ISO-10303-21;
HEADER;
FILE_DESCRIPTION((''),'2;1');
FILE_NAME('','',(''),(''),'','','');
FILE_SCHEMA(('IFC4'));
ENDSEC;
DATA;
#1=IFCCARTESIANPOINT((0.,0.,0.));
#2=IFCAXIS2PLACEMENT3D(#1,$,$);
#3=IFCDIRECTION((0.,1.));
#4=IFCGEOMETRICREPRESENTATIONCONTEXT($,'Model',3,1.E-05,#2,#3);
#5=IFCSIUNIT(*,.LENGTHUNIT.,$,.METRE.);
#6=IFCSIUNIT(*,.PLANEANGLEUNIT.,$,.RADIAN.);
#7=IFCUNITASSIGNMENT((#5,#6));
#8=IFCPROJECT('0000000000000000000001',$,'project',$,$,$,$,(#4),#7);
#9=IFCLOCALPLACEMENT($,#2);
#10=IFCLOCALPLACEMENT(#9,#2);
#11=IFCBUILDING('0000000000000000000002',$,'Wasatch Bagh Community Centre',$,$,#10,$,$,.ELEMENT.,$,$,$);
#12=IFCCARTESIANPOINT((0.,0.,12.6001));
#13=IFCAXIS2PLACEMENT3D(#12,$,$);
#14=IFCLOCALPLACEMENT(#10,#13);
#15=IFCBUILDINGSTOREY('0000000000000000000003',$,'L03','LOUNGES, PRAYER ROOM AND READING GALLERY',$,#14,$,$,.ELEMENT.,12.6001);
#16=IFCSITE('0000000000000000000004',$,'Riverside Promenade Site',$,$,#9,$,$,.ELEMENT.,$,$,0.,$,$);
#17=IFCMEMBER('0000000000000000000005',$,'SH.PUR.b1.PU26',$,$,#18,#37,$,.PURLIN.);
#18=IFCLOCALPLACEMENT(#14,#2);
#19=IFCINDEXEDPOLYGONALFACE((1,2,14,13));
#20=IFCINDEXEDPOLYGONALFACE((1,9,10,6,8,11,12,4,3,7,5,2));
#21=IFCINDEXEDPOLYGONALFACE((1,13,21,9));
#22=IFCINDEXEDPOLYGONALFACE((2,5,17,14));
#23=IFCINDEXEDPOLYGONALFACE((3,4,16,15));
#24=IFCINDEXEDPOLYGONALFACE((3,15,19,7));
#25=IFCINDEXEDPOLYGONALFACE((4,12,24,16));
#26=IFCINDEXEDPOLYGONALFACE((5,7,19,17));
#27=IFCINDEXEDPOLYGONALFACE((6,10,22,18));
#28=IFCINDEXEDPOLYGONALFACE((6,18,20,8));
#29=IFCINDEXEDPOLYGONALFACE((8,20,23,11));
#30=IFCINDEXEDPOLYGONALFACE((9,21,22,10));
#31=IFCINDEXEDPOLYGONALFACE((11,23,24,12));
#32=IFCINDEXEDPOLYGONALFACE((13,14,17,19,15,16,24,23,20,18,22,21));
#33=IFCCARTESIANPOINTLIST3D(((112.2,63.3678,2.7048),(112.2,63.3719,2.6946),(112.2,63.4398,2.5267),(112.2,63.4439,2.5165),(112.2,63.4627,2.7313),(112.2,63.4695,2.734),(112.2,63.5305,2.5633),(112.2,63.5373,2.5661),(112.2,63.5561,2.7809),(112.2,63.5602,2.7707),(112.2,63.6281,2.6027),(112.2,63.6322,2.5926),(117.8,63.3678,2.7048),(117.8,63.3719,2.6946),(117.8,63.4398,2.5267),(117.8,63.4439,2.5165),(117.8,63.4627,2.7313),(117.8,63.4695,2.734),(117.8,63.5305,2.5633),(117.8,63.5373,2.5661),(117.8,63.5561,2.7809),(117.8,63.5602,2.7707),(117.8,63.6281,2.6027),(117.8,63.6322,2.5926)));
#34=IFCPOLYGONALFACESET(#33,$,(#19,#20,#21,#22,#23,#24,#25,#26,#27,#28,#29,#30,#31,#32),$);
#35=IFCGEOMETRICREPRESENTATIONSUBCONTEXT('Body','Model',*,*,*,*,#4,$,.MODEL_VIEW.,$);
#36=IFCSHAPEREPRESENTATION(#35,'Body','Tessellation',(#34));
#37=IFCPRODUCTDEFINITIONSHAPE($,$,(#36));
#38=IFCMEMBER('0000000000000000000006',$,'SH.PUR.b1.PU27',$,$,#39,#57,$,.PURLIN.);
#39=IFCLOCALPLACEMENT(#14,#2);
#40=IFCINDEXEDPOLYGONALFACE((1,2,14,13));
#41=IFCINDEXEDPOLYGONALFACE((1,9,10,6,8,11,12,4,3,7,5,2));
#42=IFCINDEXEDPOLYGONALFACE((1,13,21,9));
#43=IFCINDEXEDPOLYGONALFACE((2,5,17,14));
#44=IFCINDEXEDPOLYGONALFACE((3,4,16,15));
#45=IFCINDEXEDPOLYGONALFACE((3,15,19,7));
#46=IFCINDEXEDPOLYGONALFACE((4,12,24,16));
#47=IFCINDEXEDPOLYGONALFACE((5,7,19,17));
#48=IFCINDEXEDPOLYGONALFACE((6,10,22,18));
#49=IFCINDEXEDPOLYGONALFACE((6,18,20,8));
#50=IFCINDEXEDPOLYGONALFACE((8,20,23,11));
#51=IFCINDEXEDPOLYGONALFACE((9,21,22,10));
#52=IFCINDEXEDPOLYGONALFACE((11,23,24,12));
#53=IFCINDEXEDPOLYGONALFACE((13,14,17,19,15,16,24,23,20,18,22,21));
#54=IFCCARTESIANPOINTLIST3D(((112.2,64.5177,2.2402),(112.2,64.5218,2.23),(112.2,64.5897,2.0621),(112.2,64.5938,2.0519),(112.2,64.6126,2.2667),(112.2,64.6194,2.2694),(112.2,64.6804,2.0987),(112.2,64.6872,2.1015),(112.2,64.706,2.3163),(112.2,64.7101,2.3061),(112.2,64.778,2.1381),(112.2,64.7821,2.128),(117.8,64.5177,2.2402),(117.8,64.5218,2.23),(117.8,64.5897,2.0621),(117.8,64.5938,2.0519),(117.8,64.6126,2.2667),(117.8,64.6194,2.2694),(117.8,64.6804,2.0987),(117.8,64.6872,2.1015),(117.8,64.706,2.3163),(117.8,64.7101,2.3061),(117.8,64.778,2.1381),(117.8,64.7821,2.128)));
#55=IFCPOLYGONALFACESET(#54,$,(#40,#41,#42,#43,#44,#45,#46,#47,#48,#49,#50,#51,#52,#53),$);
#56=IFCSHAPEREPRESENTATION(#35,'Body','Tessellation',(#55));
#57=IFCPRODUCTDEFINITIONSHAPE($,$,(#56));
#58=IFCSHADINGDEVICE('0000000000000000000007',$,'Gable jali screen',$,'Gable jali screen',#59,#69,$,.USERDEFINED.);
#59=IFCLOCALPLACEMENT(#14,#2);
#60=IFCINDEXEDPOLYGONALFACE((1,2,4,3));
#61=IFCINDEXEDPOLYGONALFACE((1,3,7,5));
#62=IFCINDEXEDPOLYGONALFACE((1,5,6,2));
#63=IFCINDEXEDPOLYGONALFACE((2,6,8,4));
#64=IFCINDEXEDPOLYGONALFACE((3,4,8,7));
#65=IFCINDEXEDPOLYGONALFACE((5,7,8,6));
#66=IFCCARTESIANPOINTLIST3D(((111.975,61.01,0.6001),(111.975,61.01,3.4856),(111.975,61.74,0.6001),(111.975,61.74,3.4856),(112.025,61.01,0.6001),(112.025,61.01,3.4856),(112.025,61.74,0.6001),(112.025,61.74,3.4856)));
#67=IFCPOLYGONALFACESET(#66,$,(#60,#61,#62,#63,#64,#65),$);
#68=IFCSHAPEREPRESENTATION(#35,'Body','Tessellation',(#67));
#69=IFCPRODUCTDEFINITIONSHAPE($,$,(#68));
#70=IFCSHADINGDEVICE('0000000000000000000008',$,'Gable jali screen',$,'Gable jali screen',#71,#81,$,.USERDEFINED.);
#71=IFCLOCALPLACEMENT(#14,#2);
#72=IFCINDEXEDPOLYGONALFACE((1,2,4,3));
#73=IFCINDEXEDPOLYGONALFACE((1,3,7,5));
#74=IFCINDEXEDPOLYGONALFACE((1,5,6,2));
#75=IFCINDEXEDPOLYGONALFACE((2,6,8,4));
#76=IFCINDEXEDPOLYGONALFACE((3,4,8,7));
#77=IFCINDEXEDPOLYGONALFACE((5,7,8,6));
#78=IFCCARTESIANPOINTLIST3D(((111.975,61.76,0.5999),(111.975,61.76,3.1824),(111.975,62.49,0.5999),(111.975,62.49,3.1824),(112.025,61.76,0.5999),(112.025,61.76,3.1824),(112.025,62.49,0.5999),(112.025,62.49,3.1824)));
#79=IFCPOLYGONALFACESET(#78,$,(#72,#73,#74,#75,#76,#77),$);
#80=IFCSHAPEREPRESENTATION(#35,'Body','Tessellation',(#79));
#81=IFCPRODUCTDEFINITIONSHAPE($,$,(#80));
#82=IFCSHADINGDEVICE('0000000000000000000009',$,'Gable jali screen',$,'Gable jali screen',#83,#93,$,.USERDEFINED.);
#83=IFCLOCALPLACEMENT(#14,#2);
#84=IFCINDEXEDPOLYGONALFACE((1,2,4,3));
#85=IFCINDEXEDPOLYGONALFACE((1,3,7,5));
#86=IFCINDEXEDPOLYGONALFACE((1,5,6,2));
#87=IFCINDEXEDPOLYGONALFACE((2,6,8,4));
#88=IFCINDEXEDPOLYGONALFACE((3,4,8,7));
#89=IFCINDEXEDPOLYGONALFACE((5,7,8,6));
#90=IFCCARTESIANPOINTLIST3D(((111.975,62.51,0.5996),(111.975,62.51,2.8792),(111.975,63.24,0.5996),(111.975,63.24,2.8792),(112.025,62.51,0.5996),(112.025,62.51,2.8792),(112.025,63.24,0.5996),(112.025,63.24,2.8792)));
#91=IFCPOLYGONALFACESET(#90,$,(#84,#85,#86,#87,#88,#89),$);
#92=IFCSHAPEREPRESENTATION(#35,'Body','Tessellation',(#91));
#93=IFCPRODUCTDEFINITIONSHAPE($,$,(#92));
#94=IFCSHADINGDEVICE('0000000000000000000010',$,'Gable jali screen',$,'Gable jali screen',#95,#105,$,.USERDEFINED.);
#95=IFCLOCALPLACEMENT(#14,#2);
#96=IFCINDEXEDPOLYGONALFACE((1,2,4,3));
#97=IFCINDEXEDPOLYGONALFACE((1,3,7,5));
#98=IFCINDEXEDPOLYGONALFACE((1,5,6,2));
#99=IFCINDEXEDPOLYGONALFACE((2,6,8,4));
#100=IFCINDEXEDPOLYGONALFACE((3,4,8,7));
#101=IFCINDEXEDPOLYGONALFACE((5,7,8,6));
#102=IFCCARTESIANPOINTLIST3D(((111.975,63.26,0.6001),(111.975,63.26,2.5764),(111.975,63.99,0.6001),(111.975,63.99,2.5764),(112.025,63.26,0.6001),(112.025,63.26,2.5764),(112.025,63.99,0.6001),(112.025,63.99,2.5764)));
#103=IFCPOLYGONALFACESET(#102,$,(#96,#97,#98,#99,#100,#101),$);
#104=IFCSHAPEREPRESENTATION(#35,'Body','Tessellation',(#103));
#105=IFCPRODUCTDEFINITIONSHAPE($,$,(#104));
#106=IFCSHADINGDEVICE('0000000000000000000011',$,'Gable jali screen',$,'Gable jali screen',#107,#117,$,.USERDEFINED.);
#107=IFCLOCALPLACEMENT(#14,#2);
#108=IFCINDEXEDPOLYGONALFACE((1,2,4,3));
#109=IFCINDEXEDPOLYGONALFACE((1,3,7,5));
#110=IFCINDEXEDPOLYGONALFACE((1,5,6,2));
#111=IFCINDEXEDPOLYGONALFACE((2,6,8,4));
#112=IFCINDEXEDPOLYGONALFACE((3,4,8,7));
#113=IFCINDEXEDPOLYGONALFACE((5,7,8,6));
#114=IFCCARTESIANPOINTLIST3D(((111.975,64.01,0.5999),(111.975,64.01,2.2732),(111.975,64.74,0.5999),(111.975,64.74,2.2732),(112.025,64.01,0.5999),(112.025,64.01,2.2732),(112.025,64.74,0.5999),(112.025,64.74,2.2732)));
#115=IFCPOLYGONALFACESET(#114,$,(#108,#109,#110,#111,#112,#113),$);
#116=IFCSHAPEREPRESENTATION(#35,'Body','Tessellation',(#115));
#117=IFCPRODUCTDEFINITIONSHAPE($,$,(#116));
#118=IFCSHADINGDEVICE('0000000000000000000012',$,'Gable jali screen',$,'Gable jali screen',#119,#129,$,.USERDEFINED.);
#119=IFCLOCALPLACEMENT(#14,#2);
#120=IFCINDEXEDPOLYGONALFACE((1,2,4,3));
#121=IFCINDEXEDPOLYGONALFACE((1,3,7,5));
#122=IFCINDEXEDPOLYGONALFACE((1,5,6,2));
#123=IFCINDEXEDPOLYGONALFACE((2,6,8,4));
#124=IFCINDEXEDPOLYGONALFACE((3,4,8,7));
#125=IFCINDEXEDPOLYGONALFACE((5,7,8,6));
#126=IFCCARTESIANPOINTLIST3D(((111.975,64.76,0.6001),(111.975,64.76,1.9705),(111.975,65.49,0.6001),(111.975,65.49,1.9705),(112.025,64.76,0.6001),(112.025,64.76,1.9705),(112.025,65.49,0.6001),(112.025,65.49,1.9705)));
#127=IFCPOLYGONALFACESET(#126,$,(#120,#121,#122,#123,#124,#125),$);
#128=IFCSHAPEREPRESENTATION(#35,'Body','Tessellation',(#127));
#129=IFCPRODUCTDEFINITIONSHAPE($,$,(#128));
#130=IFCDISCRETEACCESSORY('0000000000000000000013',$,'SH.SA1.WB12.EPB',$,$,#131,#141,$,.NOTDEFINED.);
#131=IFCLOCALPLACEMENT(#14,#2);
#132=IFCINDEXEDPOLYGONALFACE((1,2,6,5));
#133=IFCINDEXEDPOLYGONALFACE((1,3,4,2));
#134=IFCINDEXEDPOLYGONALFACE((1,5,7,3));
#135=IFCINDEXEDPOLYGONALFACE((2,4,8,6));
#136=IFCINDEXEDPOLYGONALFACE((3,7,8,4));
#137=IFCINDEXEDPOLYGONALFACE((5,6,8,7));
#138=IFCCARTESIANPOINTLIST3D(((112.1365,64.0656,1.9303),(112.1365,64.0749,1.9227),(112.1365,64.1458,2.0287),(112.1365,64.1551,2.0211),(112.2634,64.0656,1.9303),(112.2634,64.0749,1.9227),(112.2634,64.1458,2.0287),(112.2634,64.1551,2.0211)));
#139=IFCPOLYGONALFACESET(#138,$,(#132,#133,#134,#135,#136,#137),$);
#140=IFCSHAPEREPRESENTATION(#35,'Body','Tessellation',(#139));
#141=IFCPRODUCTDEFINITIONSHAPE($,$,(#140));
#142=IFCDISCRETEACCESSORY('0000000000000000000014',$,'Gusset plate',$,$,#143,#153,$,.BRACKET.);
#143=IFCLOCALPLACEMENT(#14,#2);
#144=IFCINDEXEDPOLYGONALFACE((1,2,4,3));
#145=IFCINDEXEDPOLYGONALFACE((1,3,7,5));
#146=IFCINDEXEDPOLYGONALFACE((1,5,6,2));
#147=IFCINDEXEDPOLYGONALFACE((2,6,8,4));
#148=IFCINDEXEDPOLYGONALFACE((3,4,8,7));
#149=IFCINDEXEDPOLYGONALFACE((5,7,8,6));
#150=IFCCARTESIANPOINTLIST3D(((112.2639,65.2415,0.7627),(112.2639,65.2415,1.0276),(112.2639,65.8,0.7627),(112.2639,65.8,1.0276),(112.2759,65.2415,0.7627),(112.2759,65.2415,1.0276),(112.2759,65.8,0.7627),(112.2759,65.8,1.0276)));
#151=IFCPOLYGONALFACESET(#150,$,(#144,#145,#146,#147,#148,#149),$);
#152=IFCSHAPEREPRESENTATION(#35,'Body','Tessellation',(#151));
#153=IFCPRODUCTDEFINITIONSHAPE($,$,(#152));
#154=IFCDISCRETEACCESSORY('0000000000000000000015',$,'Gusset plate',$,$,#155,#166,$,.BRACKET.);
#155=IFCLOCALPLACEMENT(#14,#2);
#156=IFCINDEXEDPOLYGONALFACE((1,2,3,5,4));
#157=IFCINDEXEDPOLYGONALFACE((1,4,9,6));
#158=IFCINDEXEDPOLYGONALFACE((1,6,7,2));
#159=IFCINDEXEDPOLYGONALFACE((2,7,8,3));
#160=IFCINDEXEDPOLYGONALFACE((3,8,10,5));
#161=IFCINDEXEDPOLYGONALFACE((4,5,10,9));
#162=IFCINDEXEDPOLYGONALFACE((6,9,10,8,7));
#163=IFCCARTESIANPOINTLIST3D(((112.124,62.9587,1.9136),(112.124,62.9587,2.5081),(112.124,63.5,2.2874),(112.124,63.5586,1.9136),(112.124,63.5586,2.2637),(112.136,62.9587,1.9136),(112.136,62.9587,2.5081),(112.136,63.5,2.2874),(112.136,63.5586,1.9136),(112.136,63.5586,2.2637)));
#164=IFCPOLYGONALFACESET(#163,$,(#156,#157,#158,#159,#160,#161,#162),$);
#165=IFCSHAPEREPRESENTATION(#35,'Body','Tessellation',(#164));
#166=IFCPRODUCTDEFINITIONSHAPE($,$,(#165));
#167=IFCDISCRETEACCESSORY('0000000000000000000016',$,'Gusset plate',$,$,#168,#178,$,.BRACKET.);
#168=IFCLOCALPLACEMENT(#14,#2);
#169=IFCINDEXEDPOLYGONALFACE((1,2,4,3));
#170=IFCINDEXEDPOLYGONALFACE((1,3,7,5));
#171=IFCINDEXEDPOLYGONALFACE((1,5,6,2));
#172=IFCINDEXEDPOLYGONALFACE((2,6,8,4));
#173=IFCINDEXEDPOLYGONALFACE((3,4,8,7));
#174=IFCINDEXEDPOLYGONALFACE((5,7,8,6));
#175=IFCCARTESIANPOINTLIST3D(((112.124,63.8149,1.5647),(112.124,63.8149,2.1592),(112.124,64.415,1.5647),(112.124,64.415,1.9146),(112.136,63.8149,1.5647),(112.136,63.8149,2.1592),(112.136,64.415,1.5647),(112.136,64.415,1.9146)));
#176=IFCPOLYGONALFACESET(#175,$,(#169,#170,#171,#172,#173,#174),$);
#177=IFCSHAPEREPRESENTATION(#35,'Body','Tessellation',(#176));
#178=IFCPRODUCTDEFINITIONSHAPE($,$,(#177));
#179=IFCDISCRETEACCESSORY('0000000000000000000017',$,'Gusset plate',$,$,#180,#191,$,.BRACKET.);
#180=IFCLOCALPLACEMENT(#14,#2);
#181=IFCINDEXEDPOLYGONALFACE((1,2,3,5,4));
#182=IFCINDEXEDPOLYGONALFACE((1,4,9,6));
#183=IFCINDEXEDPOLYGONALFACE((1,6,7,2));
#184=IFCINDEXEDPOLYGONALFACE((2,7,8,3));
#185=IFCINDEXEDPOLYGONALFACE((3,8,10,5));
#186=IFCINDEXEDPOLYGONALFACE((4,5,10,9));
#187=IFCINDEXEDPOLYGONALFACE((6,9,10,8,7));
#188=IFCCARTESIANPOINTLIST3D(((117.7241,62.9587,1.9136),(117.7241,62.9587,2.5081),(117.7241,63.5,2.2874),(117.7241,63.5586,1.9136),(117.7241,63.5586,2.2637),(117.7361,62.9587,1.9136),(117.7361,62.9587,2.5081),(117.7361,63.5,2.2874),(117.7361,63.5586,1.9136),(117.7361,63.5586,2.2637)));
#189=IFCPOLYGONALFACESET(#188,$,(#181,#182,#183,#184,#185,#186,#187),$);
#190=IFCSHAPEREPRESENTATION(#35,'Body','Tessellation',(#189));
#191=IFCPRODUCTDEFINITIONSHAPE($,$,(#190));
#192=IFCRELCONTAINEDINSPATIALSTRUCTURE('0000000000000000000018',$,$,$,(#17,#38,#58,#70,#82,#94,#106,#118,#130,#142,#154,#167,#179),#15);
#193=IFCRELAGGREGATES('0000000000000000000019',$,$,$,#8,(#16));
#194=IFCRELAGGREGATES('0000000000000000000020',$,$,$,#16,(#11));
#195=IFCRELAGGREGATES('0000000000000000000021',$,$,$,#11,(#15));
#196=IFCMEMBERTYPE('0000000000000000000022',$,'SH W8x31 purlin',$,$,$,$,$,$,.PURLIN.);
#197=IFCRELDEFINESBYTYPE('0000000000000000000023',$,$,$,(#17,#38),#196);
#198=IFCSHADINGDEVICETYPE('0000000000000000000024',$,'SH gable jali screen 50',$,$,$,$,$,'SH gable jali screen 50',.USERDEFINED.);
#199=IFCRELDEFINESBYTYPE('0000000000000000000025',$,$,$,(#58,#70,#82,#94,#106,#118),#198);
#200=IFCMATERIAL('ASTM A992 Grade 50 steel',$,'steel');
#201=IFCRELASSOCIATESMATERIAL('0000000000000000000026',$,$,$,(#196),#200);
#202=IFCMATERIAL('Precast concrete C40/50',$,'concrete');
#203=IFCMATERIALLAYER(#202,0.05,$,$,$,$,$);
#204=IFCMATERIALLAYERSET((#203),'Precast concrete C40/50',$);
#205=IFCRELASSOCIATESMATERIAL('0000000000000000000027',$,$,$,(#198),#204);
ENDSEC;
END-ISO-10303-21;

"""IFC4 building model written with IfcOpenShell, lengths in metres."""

from ifc_helpers import new_model, si_unit, direction, frame, origin, origin_2d, place, context, subcontext, project, spatial, polyline, rectangle, i_section, outline, extrude, material, layer, layer_set, material_profile, profile_set, type_object, element, save


model = new_model("IFC4")

# Units and contexts
model_context = context("Model", 3, precision=1e-05, world=origin(), true_north=direction((0.0, 1.0)))
body_context = subcontext(model_context, "Body", "Model", "MODEL_VIEW")
ifc_project = project(units=[si_unit("LENGTHUNIT", "METRE"), si_unit("PLANEANGLEUNIT", "RADIAN")], contexts=[model_context])

# Site, building, storey
site_placement = place(None, origin())
site = spatial("IfcSite", under=ifc_project, at=site_placement, Name="Riverside Promenade Site", CompositionType="ELEMENT", RefElevation=0.0)
building_placement = place(site_placement, origin())
building = spatial("IfcBuilding", under=site, at=building_placement, Name="Wasatch Bagh Community Centre", CompositionType="ELEMENT")
storey_placement = place(building_placement, frame((0.0, 0.0, 12.6001)))
storey = spatial("IfcBuildingStorey", under=building, at=storey_placement, Name="L03", Description="LOUNGES, PRAYER ROOM AND READING GALLERY", CompositionType="ELEMENT", Elevation=12.6001)

# Members
ifc_material_1 = material(Name="ASTM A992 Grade 50 steel", Category="steel")
ifc_material_profile_1 = material_profile(ifc_material_1, i_section(OverallWidth=0.2031, OverallDepth=0.2031, WebThickness=0.0073, FlangeThickness=0.011, at=origin_2d()), Name="W8x31")
ifc_profile_set_1 = profile_set([ifc_material_profile_1], Name="ASTM A992 Grade 50 steel")
member_type_1 = type_object("IfcMemberType", Name="SH W8x31 purlin", PredefinedType="PURLIN", material=ifc_profile_set_1)
for number, where, z_axis, x_axis, name in (
    (1, (112.2, 63.5, 2.6487), (1.0, 0.0, 0.0), (0.0, 0.927184, 0.374607), "SH.PUR.b1.PU26"),
    (2, (112.2, 64.6499, 2.1841), (1.0, 0.0, 0.0), (0.0, 0.927184, 0.374607), "SH.PUR.b1.PU27"),
):
    element("IfcMember", number, at=place(storey_placement, frame(where, z_axis=z_axis, x_axis=x_axis)), inside=storey, type_object=member_type_1, Name=name, PredefinedType="PURLIN", context=body_context, shape_type="SweptSolid", body=[
        extrude(i_section(OverallWidth=0.2031, OverallDepth=0.2031, WebThickness=0.0073, FlangeThickness=0.011, at=origin_2d()), origin(), (0.0, 0.0, 1.0), 5.6001),
    ])

# Shading devices
ifc_material_2 = material(Name="Precast concrete C40/50", Category="concrete")
ifc_layer = layer(ifc_material_2, 0.05)
ifc_layer_set = layer_set([ifc_layer], Name="Precast concrete C40/50")
shading_device_type = type_object("IfcShadingDeviceType", Name="SH gable jali screen 50", ElementType="SH gable jali screen 50", PredefinedType="USERDEFINED", material=ifc_layer_set)
shading_device_1_placement = place(storey_placement, frame((112.0, 61.375, 0.6001), z_axis=(0.0, 0.0, 1.0), x_axis=(1.0, 0.0, 0.0)))
element("IfcShadingDevice", 3, at=shading_device_1_placement, inside=storey, type_object=shading_device_type, Name="Gable jali screen", ObjectType="Gable jali screen", PredefinedType="USERDEFINED", context=body_context, shape_type="SweptSolid", body=[
    extrude(rectangle(XDim=0.05, YDim=0.73, at=origin_2d()), origin(), (0.0, 0.0, 1.0), 2.8855),
])
shading_device_2_placement = place(storey_placement, frame((112.0, 62.125, 0.5999), z_axis=(0.0, 0.0, 1.0), x_axis=(1.0, 0.0, 0.0)))
element("IfcShadingDevice", 4, at=shading_device_2_placement, inside=storey, type_object=shading_device_type, Name="Gable jali screen", ObjectType="Gable jali screen", PredefinedType="USERDEFINED", context=body_context, shape_type="SweptSolid", body=[
    extrude(rectangle(XDim=0.05, YDim=0.73, at=origin_2d()), origin(), (0.0, 0.0, 1.0), 2.5825),
])
shading_device_3_placement = place(storey_placement, frame((112.0, 62.875, 0.5996), z_axis=(0.0, 0.0, 1.0), x_axis=(1.0, 0.0, 0.0)))
element("IfcShadingDevice", 5, at=shading_device_3_placement, inside=storey, type_object=shading_device_type, Name="Gable jali screen", ObjectType="Gable jali screen", PredefinedType="USERDEFINED", context=body_context, shape_type="SweptSolid", body=[
    extrude(rectangle(XDim=0.05, YDim=0.73, at=origin_2d()), origin(), (0.0, 0.0, 1.0), 2.2795),
])
shading_device_4_placement = place(storey_placement, frame((112.0, 63.625, 0.6001), z_axis=(0.0, 0.0, 1.0), x_axis=(1.0, 0.0, 0.0)))
element("IfcShadingDevice", 6, at=shading_device_4_placement, inside=storey, type_object=shading_device_type, Name="Gable jali screen", ObjectType="Gable jali screen", PredefinedType="USERDEFINED", context=body_context, shape_type="SweptSolid", body=[
    extrude(rectangle(XDim=0.05, YDim=0.73, at=origin_2d()), origin(), (0.0, 0.0, 1.0), 1.9763),
])
shading_device_5_placement = place(storey_placement, frame((112.0, 64.375, 0.5999), z_axis=(0.0, 0.0, 1.0), x_axis=(1.0, 0.0, 0.0)))
element("IfcShadingDevice", 7, at=shading_device_5_placement, inside=storey, type_object=shading_device_type, Name="Gable jali screen", ObjectType="Gable jali screen", PredefinedType="USERDEFINED", context=body_context, shape_type="SweptSolid", body=[
    extrude(rectangle(XDim=0.05, YDim=0.73, at=origin_2d()), origin(), (0.0, 0.0, 1.0), 1.6733),
])
shading_device_6_placement = place(storey_placement, frame((112.0, 65.125, 0.6001), z_axis=(0.0, 0.0, 1.0), x_axis=(1.0, 0.0, 0.0)))
element("IfcShadingDevice", 8, at=shading_device_6_placement, inside=storey, type_object=shading_device_type, Name="Gable jali screen", ObjectType="Gable jali screen", PredefinedType="USERDEFINED", context=body_context, shape_type="SweptSolid", body=[
    extrude(rectangle(XDim=0.05, YDim=0.73, at=origin_2d()), origin(), (0.0, 0.0, 1.0), 1.3704),
])

# Discrete accessories
discrete_accessory_1_placement = place(storey_placement, frame((112.2, 64.115, 1.9719), z_axis=(0.0, -0.774865, 0.632127), x_axis=(1.0, 0.0, 0.0)))
element("IfcDiscreteAccessory", 9, at=discrete_accessory_1_placement, inside=storey, Name="SH.SA1.WB12.EPB", PredefinedType="NOTDEFINED", context=body_context, shape_type="SweptSolid", body=[
    extrude(rectangle(XDim=0.127, YDim=0.127, at=origin_2d()), origin(), (0.0, 0.0, 1.0), 0.012),
])
discrete_accessory_2_placement = place(storey_placement, frame((112.2759, 65.2415, 0.7627), z_axis=(1.0, 0.0, 0.0), x_axis=(0.0, 1.0, 0.0)))
element("IfcDiscreteAccessory", 10, at=discrete_accessory_2_placement, inside=storey, Name="Gusset plate", PredefinedType="BRACKET", context=body_context, shape_type="SweptSolid", body=[
    extrude(outline(polyline([(0.0, 0.0), (0.5586, 0.0), (0.5586, 0.2649), (0.0, 0.2649), (0.0, 0.0)])), origin(), (0.0, 0.0, -1.0), 0.012),
])
discrete_accessory_3_placement = place(storey_placement, frame((112.124, 62.9587, 2.5081), z_axis=(-1.0, 0.0, 0.0), x_axis=(0.0, 0.925979, -0.377575)))
element("IfcDiscreteAccessory", 11, at=discrete_accessory_3_placement, inside=storey, Name="Gusset plate", PredefinedType="BRACKET", context=body_context, shape_type="SweptSolid", body=[
    extrude(outline(polyline([(0.0, 0.0), (0.5845, 0.0), (0.6477, -0.0002), (0.7799, 0.324), (0.2245, 0.5505), (0.0, 0.0)])), origin(), (0.0, 0.0, -1.0), 0.012),
])
discrete_accessory_4_placement = place(storey_placement, frame((112.124, 63.8149, 2.1592), z_axis=(-1.0, 0.0, 0.0), x_axis=(0.0, 0.926014, -0.377488)))
element("IfcDiscreteAccessory", 12, at=discrete_accessory_4_placement, inside=storey, Name="Gusset plate", PredefinedType="BRACKET", context=body_context, shape_type="SweptSolid", body=[
    extrude(outline(polyline([(0.0, 0.0), (0.648, 0.0), (0.7801, 0.324), (0.2244, 0.5505), (0.0, 0.0)])), origin(), (0.0, 0.0, -1.0), 0.012),
])
discrete_accessory_5_placement = place(storey_placement, frame((117.7241, 62.9587, 2.5081), z_axis=(-1.0, 0.0, 0.0), x_axis=(0.0, 0.925979, -0.377575)))
element("IfcDiscreteAccessory", 13, at=discrete_accessory_5_placement, inside=storey, Name="Gusset plate", PredefinedType="BRACKET", context=body_context, shape_type="SweptSolid", body=[
    extrude(outline(polyline([(0.0, 0.0), (0.5845, 0.0), (0.6477, -0.0002), (0.7799, 0.324), (0.2245, 0.5505), (0.0, 0.0)])), origin(), (0.0, 0.0, -1.0), 0.012),
])

save(model, "model.ifc")
